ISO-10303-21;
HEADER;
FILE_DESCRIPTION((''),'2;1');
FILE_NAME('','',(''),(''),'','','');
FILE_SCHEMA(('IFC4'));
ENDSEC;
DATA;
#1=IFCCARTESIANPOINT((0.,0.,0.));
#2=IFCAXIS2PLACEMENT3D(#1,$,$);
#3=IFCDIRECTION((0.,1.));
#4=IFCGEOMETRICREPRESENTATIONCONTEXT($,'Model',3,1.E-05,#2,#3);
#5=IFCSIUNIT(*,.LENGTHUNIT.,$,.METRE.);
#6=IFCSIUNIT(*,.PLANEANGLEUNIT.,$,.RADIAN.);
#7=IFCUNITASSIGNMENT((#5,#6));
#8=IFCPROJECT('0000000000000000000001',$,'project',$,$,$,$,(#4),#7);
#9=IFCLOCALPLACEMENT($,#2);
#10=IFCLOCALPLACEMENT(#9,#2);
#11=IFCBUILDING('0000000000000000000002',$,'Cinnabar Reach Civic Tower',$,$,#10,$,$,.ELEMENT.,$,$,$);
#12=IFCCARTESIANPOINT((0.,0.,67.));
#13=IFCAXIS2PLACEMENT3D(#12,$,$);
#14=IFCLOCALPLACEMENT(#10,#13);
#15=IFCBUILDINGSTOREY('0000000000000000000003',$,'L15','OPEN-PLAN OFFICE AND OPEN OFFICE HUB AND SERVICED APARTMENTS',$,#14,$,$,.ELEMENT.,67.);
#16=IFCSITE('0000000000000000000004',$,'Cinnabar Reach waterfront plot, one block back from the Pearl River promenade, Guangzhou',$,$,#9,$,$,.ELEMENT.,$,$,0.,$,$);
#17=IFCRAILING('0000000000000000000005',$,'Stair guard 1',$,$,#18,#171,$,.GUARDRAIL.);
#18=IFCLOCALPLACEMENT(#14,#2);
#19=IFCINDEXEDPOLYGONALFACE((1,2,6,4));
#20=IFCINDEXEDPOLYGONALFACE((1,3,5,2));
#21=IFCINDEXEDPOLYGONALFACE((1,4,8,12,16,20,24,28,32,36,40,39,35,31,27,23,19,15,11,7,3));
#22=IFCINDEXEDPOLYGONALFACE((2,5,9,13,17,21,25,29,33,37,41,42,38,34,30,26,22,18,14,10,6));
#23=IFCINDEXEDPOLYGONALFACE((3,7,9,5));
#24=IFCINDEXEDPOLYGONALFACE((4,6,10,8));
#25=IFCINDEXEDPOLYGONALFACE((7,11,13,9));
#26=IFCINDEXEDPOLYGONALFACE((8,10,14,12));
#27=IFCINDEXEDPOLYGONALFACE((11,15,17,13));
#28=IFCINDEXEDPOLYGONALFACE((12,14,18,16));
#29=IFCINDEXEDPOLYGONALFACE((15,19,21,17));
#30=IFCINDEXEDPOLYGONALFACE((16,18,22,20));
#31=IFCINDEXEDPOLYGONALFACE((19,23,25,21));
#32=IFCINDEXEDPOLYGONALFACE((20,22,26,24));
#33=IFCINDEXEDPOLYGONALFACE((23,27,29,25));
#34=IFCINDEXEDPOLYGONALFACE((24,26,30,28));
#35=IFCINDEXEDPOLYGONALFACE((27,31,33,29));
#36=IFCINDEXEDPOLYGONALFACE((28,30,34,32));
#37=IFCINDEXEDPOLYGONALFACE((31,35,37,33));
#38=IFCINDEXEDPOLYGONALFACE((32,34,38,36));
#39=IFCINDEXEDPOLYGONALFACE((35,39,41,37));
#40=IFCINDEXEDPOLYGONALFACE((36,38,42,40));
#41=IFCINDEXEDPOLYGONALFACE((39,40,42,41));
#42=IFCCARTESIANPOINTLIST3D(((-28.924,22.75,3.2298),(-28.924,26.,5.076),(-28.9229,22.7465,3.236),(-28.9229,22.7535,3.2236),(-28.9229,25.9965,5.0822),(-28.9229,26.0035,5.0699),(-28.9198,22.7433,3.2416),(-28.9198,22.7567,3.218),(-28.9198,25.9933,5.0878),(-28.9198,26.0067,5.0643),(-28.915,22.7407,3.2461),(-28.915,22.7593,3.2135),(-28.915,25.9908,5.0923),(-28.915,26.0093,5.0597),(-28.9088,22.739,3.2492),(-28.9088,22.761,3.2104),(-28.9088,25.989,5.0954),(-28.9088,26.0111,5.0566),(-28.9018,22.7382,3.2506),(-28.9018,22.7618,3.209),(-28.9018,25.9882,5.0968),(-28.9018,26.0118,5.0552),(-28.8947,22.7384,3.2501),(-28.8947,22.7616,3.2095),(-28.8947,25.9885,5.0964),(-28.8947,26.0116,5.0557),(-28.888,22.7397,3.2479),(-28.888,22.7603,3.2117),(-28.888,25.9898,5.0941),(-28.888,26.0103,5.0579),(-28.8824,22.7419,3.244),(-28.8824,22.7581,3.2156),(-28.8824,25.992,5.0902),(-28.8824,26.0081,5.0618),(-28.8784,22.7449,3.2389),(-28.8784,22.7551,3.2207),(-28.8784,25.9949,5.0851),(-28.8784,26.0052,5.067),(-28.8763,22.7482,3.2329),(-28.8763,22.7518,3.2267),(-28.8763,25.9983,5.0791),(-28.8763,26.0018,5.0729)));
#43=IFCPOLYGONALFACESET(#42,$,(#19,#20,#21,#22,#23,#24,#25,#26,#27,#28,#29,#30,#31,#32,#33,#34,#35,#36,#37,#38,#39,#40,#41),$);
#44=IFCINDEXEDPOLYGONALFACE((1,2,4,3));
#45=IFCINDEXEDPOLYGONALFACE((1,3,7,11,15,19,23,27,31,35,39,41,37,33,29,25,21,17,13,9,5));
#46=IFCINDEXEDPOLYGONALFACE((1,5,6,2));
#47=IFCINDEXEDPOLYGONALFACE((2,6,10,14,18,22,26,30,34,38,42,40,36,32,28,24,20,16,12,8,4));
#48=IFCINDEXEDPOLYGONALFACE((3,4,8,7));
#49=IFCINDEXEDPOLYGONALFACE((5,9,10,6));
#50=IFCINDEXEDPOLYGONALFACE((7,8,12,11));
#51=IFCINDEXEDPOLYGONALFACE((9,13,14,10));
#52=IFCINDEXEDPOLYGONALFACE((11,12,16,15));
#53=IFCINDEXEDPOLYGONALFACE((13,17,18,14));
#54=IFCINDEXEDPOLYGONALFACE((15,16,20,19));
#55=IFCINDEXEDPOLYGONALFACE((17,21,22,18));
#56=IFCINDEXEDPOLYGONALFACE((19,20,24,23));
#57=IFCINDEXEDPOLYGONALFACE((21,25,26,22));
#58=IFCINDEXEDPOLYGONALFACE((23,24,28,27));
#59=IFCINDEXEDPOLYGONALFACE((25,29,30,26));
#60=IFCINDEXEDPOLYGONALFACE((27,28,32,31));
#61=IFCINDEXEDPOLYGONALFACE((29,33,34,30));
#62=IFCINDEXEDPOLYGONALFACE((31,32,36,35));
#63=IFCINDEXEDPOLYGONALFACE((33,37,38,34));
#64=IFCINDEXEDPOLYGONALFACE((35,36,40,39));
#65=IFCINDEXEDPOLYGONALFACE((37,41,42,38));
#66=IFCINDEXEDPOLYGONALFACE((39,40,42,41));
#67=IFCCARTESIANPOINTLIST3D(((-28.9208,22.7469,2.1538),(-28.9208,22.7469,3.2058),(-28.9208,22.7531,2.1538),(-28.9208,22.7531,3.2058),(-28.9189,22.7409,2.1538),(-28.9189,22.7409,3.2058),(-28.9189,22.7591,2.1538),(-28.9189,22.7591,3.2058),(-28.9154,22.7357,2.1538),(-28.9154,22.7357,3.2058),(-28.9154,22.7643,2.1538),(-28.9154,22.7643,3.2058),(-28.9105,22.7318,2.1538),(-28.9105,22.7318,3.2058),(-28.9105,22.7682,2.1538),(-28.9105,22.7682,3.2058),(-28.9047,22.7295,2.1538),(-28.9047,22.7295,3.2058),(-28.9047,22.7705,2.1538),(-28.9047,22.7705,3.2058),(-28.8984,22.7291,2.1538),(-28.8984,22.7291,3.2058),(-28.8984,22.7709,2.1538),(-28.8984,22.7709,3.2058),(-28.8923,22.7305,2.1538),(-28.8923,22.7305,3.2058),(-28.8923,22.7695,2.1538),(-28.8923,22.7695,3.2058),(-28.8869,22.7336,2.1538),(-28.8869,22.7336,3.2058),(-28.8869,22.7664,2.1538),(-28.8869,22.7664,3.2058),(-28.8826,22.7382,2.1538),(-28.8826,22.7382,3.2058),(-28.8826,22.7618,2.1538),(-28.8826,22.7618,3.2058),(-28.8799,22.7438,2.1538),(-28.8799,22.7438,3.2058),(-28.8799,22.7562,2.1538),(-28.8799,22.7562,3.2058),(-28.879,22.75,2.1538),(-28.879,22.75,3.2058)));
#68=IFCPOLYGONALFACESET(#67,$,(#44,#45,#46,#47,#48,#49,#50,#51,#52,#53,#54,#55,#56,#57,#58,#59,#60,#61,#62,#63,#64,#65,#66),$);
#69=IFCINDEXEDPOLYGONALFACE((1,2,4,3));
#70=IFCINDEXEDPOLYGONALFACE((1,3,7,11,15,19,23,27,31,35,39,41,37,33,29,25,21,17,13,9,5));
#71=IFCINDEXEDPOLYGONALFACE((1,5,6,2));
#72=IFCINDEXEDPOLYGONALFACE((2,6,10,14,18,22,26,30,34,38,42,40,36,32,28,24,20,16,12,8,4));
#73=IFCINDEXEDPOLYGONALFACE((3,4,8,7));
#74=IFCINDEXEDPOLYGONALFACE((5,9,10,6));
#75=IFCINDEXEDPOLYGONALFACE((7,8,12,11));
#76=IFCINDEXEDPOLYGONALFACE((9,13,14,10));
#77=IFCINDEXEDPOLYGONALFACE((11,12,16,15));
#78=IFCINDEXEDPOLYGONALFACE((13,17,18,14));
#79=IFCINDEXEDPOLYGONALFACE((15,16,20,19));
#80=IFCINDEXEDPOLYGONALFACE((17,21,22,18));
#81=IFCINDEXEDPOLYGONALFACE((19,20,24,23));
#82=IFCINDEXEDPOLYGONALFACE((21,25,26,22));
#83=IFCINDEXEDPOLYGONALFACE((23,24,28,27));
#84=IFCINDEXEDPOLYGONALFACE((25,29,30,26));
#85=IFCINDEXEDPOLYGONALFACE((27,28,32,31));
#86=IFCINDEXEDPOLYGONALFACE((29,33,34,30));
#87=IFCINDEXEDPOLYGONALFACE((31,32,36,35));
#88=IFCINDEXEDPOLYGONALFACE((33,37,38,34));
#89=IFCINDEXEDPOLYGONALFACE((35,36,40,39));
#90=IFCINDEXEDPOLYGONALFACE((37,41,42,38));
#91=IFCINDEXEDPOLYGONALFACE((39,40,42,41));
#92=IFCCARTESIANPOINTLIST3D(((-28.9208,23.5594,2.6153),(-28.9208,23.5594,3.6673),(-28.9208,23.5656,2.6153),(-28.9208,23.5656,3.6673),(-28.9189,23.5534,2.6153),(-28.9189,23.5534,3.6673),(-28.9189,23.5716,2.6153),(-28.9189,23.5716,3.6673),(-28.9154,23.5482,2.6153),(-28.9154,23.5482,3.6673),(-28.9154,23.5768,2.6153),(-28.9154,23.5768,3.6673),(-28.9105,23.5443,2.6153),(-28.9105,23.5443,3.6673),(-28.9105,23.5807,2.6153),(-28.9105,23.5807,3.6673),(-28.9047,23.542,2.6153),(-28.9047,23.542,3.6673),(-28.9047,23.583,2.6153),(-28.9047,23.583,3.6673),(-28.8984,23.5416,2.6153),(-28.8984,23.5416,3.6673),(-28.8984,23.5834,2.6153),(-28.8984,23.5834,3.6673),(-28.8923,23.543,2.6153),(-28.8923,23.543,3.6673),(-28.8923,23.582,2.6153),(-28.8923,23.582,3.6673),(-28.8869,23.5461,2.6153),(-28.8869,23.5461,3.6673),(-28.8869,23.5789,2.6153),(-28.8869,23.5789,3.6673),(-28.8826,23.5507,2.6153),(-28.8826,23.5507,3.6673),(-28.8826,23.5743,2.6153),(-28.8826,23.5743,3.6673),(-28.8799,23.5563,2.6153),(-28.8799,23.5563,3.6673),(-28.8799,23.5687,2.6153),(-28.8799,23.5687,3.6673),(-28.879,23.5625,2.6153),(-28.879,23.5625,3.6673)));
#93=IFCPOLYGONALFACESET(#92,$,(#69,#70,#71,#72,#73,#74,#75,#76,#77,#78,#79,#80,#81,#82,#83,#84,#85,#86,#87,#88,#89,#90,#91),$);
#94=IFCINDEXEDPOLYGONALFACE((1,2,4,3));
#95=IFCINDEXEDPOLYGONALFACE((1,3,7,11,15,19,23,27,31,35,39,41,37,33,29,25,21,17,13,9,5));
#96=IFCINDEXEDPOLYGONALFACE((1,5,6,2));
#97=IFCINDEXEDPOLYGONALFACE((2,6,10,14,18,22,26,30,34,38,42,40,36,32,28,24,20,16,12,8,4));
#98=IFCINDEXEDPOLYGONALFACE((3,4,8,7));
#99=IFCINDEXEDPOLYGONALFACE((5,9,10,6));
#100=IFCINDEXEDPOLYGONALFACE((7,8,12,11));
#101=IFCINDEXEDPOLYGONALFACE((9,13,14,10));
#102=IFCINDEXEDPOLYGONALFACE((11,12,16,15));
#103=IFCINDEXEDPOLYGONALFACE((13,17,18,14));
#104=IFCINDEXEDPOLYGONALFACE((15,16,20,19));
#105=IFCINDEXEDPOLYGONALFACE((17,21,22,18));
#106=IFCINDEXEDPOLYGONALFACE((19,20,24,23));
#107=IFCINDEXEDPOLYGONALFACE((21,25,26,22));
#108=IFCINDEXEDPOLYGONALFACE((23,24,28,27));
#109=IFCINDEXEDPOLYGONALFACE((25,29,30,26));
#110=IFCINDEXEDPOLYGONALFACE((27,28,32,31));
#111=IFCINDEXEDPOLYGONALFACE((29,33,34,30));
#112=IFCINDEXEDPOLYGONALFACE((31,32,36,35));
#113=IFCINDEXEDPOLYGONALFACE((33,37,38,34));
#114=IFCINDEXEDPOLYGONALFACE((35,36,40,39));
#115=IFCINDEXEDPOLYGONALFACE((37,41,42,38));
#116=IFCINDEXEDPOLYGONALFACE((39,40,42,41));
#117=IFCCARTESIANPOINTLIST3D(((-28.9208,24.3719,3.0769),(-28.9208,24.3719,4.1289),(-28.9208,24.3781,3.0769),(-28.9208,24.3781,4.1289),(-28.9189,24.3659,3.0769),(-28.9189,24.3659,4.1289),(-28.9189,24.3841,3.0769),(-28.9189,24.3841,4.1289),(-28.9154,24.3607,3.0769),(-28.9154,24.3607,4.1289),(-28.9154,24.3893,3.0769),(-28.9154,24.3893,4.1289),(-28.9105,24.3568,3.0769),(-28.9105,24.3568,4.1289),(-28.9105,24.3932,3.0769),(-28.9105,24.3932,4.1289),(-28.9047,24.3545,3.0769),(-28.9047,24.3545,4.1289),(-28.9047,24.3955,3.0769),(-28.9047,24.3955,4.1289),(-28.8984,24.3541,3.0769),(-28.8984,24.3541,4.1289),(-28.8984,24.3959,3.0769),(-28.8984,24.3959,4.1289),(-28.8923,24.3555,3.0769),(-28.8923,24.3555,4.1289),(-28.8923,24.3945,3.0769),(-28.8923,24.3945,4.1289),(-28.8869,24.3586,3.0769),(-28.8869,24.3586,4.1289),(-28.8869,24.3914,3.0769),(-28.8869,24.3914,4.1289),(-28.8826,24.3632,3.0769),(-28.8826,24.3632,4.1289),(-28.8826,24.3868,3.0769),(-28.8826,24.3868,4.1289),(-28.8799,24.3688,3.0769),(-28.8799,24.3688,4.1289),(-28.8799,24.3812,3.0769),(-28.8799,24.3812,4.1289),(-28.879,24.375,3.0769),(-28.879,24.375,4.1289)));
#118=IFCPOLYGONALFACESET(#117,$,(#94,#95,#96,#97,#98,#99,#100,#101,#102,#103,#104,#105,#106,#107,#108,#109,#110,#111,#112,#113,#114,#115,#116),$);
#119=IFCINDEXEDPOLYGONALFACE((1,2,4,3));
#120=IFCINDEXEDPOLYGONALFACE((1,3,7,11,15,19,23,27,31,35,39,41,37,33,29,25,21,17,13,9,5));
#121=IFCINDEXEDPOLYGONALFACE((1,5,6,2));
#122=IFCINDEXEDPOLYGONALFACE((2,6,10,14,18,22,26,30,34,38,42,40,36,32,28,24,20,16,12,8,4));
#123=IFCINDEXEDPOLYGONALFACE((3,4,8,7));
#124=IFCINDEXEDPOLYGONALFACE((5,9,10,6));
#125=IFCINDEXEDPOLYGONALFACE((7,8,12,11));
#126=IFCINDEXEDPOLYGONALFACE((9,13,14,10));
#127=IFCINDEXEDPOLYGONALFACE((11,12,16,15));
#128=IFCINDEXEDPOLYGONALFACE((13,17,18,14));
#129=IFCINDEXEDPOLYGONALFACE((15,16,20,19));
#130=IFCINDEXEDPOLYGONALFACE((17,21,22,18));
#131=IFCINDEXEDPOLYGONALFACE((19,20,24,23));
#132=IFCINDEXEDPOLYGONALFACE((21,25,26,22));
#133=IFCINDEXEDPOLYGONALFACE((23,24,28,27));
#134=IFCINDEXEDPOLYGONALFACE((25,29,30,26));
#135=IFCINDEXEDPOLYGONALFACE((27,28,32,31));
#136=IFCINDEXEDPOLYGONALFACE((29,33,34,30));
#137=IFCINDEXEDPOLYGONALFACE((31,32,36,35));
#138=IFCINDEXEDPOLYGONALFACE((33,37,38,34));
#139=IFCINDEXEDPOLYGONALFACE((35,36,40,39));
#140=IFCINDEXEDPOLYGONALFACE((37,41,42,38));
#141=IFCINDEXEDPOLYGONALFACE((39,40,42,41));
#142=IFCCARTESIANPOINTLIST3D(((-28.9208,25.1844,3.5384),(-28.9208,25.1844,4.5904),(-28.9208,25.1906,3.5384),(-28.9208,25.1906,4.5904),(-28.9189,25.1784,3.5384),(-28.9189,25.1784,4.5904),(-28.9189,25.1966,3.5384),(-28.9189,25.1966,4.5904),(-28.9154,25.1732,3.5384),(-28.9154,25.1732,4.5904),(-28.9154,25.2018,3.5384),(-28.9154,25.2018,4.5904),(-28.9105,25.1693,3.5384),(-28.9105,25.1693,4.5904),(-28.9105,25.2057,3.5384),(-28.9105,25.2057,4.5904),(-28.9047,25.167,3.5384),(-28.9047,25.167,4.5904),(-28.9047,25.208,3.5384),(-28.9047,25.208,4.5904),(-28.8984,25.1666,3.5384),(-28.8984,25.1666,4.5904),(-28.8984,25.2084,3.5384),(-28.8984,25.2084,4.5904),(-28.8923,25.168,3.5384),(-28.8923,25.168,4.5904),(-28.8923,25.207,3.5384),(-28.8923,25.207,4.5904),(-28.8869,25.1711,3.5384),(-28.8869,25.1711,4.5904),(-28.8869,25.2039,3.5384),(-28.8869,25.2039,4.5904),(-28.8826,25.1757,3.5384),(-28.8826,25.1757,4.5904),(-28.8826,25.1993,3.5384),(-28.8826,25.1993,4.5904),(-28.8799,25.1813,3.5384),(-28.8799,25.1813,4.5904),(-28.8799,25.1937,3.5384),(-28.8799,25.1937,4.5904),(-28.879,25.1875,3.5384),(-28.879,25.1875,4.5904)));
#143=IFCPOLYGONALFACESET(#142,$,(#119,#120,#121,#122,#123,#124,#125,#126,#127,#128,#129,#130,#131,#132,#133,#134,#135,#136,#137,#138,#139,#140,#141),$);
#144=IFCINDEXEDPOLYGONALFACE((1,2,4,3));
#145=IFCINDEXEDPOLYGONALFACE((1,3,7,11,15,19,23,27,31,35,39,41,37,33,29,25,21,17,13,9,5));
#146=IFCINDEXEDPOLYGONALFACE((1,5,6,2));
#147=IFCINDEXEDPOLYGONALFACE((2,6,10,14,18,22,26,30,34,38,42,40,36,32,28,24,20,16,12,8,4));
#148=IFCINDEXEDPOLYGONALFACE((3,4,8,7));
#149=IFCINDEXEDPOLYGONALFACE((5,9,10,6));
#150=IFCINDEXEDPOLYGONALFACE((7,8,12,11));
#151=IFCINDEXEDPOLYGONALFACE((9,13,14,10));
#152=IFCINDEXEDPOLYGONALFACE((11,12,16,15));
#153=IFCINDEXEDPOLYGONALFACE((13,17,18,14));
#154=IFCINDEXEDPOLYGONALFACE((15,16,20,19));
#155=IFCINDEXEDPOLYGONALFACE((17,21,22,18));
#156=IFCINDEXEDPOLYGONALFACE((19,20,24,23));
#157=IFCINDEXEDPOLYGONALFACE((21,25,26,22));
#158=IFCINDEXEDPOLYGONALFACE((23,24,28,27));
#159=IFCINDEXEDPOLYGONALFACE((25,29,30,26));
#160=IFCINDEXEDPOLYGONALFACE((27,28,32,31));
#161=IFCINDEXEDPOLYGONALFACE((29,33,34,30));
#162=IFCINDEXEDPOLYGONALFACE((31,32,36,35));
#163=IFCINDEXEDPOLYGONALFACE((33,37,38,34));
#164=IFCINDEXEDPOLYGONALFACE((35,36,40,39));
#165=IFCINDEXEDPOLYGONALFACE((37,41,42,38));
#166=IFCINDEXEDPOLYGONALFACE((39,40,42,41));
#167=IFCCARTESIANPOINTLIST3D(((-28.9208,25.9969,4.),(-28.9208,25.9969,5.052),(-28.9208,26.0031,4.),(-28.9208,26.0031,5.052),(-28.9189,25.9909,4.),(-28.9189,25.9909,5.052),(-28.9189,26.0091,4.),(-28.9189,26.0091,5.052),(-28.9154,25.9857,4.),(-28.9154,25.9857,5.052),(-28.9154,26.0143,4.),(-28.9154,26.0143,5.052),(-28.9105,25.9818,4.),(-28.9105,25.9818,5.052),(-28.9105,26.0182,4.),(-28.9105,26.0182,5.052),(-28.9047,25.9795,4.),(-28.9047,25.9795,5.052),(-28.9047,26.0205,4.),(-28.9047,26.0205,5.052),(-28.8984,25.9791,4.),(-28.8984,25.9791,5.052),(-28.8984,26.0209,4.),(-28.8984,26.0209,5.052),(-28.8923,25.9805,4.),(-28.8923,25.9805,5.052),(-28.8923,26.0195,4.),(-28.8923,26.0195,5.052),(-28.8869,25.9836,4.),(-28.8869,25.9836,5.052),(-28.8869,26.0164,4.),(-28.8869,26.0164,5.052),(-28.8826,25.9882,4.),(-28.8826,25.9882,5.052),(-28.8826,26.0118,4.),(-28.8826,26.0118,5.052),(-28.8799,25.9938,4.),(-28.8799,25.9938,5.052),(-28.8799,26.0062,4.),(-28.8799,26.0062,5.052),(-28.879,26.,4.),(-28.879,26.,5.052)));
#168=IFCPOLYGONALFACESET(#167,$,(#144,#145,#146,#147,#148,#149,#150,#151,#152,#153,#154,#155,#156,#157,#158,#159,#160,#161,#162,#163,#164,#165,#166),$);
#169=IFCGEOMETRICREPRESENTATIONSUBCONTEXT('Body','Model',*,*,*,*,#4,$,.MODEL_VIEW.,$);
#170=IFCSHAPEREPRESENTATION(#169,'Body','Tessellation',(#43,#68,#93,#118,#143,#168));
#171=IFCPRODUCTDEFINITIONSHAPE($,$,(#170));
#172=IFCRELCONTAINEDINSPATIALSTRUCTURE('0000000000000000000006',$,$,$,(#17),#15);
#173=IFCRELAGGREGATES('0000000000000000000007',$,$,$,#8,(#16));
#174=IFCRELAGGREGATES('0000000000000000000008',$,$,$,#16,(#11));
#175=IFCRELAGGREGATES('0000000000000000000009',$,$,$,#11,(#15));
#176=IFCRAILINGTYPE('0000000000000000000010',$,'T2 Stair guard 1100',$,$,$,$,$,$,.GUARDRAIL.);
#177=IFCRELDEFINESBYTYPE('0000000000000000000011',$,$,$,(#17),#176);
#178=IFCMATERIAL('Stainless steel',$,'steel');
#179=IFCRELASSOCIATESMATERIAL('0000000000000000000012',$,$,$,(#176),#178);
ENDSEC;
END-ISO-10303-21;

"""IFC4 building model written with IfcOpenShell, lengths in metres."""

from ifc_helpers import new_model, si_unit, direction, frame, origin, origin_2d, place, context, subcontext, project, spatial, circle, extrude, material, type_object, element, save


model = new_model("IFC4")

# Units and contexts
model_context = context("Model", 3, precision=1e-05, world=origin(), true_north=direction((0.0, 1.0)))
body_context = subcontext(model_context, "Body", "Model", "MODEL_VIEW")
ifc_project = project(units=[si_unit("LENGTHUNIT", "METRE"), si_unit("PLANEANGLEUNIT", "RADIAN")], contexts=[model_context])

# Site, building, storey
site_placement = place(None, origin())
site = spatial("IfcSite", under=ifc_project, at=site_placement, Name="Cinnabar Reach waterfront plot, one block back from the Pearl River promenade, Guangzhou", CompositionType="ELEMENT", RefElevation=0.0)
building_placement = place(site_placement, origin())
building = spatial("IfcBuilding", under=site, at=building_placement, Name="Cinnabar Reach Civic Tower", CompositionType="ELEMENT")
storey_placement = place(building_placement, frame((0.0, 0.0, 67.0)))
storey = spatial("IfcBuildingStorey", under=building, at=storey_placement, Name="L15", Description="OPEN-PLAN OFFICE AND OPEN OFFICE HUB AND SERVICED APARTMENTS", CompositionType="ELEMENT", Elevation=67.0)

# Railing
ifc_material_1 = material(Name="Stainless steel", Category="steel")
railing_type = type_object("IfcRailingType", Name="T2 Stair guard 1100", PredefinedType="GUARDRAIL", material=ifc_material_1)
railing_1_placement = place(storey_placement, frame((-28.9, 22.75, 2.1538)))
element("IfcRailing", 1, at=railing_1_placement, inside=storey, type_object=railing_type, Name="Stair guard 1", PredefinedType="GUARDRAIL", context=body_context, shape_type="SweptSolid", body=[
    extrude(circle(Radius=0.024, at=origin_2d()), frame((0.0, 0.0, 1.076), z_axis=(0.0, 0.869501, 0.49393), x_axis=(-1.0, 0.0, 0.0)), (0.0, 0.0, 1.0), 3.7378),
    extrude(circle(Radius=0.021, at=origin_2d()), origin(), (0.0, 0.0, 1.0), 1.052),
    extrude(circle(Radius=0.021, at=origin_2d()), frame((0.0, 0.8125, 0.4615)), (0.0, 0.0, 1.0), 1.052),
    extrude(circle(Radius=0.021, at=origin_2d()), frame((0.0, 1.625, 0.9231)), (0.0, 0.0, 1.0), 1.052),
    extrude(circle(Radius=0.021, at=origin_2d()), frame((0.0, 2.4375, 1.3846)), (0.0, 0.0, 1.0), 1.052),
    extrude(circle(Radius=0.021, at=origin_2d()), frame((0.0, 3.25, 1.8462)), (0.0, 0.0, 1.0), 1.052),
])

save(model, "model.ifc")
